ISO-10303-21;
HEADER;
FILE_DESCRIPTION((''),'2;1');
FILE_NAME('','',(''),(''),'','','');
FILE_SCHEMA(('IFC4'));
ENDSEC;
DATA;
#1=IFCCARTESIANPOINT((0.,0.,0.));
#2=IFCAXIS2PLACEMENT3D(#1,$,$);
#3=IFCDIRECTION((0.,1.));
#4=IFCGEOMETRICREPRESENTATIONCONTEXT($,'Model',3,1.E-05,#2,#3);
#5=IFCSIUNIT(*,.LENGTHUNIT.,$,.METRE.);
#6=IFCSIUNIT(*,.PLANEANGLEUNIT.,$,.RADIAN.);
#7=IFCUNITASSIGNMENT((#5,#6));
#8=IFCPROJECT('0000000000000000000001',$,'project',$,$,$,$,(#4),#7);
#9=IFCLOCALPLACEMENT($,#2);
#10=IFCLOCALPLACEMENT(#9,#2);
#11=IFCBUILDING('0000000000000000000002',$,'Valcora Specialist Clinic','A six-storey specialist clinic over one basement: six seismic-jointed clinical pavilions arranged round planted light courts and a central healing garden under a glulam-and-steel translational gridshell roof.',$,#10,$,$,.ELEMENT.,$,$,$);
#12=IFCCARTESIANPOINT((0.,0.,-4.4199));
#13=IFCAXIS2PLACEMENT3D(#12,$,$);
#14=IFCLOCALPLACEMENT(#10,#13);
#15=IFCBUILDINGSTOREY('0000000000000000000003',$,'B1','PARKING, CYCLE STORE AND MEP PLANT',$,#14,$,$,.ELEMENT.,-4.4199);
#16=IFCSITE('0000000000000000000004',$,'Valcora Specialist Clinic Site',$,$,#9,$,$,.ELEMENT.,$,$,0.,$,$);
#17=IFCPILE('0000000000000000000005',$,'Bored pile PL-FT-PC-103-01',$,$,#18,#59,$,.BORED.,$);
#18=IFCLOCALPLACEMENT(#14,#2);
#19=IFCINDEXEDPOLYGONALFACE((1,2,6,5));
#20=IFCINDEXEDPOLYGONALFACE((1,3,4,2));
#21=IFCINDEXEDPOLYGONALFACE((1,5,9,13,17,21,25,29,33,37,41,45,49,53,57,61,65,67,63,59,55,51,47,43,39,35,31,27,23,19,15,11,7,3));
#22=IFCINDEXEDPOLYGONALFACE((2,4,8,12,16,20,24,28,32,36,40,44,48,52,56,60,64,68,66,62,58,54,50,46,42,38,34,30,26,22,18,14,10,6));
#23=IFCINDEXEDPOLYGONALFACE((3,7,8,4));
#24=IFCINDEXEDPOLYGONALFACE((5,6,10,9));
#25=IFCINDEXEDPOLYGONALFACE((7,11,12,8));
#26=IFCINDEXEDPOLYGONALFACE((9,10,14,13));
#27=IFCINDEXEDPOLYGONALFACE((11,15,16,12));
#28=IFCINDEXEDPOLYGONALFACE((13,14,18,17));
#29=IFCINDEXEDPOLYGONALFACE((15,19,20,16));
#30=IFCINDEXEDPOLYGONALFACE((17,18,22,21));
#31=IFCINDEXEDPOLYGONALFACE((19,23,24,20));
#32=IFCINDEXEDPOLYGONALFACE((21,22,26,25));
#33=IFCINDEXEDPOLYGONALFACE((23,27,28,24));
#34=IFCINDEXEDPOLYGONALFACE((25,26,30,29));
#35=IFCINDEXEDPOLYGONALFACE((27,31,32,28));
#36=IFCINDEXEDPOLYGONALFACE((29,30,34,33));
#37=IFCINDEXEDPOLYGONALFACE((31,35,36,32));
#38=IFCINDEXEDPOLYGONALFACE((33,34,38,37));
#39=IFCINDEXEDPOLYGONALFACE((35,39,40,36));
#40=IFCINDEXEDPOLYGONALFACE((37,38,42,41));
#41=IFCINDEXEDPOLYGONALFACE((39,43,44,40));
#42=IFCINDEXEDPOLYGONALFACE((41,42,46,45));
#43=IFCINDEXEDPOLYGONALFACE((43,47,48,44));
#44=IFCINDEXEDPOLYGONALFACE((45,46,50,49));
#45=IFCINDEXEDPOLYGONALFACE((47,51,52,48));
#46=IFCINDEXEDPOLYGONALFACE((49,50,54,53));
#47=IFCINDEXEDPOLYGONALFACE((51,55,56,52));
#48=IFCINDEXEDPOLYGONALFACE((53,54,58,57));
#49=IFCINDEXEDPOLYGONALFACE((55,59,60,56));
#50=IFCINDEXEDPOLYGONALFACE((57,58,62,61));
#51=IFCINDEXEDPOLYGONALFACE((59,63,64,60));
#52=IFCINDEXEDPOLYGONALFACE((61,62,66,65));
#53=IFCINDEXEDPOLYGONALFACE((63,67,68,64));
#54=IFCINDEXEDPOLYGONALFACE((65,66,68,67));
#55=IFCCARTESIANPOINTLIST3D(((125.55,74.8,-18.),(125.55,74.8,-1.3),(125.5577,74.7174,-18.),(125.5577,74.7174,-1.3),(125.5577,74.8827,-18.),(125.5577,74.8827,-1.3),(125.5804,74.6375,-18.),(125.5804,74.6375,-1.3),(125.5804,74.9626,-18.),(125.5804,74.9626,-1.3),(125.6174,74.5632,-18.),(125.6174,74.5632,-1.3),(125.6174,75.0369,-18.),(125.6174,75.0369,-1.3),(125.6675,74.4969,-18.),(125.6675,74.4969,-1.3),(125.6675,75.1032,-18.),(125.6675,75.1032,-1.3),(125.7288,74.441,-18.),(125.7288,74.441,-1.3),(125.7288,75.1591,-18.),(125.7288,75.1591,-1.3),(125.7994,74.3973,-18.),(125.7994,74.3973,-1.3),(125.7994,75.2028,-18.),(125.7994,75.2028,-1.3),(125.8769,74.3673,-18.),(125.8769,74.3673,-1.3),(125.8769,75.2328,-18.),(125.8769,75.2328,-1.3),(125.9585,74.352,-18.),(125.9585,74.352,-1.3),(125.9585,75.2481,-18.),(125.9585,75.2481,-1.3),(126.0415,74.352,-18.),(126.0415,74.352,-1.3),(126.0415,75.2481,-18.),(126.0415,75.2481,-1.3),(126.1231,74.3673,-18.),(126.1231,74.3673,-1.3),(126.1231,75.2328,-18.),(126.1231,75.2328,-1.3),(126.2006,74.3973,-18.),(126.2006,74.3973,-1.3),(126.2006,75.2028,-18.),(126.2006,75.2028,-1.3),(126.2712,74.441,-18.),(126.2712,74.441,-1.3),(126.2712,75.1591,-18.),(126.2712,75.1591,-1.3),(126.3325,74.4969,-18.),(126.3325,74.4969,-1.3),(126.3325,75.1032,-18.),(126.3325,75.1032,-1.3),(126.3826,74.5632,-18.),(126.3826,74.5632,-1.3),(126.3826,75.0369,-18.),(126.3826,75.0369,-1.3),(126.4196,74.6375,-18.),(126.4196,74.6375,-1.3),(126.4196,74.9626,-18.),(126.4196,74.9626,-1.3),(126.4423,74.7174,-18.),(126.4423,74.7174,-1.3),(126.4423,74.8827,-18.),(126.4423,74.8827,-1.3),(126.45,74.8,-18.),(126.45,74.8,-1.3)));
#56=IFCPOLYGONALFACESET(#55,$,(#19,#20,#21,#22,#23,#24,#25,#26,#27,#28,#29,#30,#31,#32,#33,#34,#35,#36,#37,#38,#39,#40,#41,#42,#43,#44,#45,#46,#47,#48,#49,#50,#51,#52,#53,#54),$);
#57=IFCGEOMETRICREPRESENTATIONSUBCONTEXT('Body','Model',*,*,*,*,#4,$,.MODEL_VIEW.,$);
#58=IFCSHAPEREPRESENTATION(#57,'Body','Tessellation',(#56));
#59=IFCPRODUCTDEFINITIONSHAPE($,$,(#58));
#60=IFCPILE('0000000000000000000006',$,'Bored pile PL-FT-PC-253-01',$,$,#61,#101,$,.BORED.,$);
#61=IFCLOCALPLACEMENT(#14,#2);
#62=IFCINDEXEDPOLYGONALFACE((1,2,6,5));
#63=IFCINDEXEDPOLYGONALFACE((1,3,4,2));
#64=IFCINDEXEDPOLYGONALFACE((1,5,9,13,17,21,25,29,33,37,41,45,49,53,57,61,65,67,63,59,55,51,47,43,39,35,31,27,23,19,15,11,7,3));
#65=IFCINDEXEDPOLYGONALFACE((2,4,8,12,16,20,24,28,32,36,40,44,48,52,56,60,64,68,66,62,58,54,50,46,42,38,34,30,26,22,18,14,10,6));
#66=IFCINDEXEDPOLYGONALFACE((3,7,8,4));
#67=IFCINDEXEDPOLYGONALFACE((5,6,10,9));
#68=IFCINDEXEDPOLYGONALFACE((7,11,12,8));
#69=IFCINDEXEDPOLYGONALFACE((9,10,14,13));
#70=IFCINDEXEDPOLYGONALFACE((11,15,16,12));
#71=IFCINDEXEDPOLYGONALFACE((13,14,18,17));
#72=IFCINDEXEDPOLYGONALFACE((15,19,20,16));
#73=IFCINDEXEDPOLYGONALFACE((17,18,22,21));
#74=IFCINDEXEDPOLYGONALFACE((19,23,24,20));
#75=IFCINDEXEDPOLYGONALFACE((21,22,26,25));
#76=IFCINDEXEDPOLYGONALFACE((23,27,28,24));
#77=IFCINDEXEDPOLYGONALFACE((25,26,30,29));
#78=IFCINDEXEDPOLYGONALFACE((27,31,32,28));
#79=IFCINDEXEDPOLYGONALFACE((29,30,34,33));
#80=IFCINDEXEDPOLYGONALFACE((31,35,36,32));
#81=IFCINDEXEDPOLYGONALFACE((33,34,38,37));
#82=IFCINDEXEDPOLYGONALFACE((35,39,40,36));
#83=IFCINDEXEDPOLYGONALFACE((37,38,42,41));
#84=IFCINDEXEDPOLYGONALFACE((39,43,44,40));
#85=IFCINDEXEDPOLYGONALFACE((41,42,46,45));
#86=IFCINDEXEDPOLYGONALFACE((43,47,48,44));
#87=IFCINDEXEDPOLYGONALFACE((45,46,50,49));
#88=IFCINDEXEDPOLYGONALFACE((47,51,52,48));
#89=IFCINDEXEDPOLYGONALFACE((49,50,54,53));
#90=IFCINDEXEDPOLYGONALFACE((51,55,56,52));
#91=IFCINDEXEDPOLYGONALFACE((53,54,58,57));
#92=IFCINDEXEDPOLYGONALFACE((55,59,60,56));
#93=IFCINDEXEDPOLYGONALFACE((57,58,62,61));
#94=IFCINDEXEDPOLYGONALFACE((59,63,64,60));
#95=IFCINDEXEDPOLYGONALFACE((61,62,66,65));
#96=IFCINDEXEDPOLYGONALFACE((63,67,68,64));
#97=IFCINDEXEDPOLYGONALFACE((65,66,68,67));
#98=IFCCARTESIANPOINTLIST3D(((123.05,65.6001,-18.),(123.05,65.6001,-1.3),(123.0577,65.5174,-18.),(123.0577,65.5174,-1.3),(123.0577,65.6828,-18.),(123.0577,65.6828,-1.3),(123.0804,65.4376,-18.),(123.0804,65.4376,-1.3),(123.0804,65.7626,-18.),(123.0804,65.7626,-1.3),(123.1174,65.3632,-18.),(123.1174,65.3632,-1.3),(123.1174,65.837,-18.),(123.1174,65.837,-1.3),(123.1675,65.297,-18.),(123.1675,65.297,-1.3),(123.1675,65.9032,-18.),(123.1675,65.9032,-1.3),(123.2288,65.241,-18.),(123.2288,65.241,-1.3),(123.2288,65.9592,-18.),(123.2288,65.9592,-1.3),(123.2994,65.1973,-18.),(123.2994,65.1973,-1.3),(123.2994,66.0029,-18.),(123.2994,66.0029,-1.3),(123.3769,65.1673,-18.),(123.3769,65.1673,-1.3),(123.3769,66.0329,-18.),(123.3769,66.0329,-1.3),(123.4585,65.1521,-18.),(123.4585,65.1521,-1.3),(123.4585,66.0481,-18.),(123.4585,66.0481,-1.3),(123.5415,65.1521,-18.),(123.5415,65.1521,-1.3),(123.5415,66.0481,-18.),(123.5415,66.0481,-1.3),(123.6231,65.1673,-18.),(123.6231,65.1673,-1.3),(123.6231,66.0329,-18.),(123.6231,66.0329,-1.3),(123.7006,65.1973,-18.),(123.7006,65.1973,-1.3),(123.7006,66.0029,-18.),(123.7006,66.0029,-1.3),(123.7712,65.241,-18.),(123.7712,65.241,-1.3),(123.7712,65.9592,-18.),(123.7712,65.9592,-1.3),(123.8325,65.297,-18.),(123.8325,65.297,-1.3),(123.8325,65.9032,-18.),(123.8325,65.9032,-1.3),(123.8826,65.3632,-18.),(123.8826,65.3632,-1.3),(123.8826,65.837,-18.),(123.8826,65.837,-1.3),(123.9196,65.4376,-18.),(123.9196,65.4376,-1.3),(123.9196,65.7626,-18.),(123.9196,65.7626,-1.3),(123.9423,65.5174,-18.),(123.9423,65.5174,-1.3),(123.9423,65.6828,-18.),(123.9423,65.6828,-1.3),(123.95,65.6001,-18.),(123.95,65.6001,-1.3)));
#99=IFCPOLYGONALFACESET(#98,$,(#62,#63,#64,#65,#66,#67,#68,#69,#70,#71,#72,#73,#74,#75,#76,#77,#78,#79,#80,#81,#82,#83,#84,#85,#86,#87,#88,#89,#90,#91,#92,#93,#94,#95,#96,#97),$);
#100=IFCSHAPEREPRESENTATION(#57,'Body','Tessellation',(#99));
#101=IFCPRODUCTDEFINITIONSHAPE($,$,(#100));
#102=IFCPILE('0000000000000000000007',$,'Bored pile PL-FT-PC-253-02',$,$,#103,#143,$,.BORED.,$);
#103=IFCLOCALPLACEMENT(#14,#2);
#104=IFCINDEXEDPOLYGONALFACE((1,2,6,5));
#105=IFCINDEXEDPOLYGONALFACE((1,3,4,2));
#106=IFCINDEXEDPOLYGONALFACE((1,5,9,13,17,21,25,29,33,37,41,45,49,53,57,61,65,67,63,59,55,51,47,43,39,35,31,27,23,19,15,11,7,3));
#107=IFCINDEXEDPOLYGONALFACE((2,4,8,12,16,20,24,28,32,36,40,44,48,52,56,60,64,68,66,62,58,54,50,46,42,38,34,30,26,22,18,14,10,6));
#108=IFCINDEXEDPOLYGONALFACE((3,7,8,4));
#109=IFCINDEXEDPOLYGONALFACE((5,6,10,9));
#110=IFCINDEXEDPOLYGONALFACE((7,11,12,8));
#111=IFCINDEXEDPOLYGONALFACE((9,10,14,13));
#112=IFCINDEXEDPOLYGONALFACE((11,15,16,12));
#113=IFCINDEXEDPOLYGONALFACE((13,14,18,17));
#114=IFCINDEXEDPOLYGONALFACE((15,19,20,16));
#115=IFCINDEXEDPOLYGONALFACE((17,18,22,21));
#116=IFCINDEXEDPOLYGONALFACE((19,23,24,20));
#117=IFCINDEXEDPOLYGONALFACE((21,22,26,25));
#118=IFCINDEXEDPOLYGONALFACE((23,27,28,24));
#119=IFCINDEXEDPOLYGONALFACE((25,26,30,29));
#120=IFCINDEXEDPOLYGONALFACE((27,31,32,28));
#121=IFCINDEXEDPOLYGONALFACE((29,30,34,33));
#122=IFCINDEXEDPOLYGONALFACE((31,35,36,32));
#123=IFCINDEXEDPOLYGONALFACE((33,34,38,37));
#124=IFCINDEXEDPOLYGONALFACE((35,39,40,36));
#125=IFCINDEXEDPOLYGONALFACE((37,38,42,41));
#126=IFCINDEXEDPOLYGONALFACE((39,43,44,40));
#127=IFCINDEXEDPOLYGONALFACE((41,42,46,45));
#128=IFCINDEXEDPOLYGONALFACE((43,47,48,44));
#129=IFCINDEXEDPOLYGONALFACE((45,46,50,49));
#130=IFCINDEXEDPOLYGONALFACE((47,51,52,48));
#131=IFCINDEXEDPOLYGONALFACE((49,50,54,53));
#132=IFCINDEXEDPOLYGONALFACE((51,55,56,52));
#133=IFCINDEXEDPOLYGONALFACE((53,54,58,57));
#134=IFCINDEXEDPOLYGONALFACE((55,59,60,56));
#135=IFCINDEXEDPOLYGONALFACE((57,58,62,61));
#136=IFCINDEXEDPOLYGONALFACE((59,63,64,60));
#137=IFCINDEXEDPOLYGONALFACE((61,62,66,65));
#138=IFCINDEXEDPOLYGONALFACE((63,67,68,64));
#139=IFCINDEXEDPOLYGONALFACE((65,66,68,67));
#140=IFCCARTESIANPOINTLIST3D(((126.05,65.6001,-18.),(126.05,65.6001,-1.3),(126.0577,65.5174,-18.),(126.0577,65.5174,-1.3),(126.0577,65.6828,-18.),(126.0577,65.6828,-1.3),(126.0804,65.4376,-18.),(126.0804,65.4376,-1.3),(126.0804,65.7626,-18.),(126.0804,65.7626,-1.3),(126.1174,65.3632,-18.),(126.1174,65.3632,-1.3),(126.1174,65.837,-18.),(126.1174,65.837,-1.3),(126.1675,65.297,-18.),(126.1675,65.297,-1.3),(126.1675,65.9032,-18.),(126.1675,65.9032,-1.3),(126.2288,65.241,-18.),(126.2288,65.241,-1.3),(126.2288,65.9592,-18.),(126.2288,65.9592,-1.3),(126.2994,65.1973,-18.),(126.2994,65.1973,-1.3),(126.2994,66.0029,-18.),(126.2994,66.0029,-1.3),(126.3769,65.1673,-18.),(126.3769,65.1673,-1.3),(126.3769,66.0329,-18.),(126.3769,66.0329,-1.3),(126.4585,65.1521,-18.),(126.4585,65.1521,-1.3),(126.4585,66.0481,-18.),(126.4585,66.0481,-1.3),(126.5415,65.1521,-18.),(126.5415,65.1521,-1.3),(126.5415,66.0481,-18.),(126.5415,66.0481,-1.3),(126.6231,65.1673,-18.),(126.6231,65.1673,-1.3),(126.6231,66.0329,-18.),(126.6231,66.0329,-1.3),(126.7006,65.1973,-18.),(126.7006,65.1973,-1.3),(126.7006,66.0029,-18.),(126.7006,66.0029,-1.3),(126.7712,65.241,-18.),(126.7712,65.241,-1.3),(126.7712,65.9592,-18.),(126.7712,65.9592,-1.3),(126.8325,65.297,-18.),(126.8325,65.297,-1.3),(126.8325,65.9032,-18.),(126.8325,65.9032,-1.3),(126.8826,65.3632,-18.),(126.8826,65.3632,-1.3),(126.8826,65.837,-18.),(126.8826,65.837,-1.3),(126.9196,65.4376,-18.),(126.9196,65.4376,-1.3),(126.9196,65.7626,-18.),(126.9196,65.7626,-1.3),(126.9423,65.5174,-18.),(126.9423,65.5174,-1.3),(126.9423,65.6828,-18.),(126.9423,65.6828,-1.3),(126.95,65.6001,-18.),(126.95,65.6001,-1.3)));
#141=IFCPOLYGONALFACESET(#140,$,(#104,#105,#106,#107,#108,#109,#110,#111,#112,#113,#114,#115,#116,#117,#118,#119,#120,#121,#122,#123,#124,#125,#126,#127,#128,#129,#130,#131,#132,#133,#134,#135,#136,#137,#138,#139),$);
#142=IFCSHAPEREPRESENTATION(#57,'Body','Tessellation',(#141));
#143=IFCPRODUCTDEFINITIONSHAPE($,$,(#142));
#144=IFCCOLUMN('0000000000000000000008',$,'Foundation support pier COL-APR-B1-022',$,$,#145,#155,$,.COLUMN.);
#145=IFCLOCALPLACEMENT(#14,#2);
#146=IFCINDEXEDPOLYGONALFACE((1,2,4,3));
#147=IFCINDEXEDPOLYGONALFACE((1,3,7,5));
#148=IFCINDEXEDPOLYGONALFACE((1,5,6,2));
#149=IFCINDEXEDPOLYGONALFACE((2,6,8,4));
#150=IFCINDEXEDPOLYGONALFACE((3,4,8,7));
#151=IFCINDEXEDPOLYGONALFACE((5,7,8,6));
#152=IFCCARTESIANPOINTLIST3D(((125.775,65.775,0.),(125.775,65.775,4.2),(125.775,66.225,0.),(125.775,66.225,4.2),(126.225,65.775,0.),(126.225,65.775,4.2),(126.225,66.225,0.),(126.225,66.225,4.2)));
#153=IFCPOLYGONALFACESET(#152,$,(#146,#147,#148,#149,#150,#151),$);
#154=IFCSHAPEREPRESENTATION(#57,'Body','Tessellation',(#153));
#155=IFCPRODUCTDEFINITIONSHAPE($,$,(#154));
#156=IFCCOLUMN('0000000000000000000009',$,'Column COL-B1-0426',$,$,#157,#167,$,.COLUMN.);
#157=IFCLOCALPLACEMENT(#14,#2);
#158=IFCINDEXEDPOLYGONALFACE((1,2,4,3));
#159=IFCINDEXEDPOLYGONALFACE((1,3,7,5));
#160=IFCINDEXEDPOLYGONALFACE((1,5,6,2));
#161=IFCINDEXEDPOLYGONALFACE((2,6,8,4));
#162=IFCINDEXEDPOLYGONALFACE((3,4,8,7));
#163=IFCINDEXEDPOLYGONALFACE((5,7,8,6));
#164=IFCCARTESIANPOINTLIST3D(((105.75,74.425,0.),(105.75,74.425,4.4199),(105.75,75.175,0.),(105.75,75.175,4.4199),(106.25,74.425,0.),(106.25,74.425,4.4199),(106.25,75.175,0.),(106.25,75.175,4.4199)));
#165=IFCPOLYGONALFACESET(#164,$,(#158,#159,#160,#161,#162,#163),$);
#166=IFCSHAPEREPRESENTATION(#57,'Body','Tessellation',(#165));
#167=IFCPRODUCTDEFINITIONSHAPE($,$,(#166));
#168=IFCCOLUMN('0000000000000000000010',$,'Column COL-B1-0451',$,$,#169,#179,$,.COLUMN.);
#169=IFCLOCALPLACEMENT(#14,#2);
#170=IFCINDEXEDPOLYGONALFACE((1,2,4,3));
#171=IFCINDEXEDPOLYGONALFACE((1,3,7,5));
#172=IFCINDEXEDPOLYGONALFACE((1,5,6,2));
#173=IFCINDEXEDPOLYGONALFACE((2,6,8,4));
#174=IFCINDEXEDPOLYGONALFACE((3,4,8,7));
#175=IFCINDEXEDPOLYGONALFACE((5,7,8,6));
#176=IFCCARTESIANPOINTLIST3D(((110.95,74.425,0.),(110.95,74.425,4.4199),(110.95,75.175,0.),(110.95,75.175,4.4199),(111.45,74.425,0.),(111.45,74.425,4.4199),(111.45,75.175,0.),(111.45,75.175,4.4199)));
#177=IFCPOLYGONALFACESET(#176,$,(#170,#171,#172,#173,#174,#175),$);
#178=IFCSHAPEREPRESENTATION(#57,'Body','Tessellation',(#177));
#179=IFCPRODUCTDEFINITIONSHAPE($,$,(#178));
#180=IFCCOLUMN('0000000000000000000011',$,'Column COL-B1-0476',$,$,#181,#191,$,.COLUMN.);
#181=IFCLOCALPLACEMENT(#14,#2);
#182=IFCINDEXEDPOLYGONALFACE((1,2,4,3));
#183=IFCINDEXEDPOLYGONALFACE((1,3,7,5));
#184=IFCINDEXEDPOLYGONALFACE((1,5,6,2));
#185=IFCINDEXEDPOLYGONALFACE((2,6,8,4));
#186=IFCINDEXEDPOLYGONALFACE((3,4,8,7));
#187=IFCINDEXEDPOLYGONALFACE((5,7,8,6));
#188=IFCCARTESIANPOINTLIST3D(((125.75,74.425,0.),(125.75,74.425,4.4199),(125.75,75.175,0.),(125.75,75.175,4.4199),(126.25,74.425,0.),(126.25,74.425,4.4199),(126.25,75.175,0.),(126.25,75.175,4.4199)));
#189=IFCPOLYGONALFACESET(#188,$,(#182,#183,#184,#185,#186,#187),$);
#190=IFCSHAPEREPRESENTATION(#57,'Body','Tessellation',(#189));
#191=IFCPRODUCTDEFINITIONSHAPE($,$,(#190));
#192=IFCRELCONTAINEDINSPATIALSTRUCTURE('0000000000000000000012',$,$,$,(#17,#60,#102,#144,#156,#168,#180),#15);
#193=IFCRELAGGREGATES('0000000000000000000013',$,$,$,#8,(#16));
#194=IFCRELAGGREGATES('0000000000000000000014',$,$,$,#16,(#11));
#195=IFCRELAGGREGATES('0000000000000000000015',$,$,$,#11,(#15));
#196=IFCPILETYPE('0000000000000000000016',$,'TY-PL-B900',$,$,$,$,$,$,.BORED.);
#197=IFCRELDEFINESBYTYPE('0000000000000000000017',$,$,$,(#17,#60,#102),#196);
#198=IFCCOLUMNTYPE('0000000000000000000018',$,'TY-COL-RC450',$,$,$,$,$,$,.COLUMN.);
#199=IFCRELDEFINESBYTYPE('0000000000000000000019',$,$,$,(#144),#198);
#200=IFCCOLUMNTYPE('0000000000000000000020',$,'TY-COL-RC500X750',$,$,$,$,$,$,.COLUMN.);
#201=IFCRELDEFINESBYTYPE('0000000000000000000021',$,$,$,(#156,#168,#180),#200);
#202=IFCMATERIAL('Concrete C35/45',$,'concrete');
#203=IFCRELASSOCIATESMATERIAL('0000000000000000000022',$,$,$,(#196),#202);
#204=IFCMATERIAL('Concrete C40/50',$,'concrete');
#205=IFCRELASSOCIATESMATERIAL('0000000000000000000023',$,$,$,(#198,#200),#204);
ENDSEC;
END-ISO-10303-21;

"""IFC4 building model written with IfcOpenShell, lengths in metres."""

from ifc_helpers import new_model, si_unit, direction, frame, origin, origin_2d, place, context, subcontext, project, spatial, rectangle, circle, extrude, material, material_profile, profile_set, type_object, element, save


model = new_model("IFC4")

# Units and contexts
model_context = context("Model", 3, precision=1e-05, world=origin(), true_north=direction((0.0, 1.0)))
body_context = subcontext(model_context, "Body", "Model", "MODEL_VIEW")
ifc_project = project(units=[si_unit("LENGTHUNIT", "METRE"), si_unit("PLANEANGLEUNIT", "RADIAN")], contexts=[model_context])

# Site, building, storey
site_placement = place(None, origin())
site = spatial("IfcSite", under=ifc_project, at=site_placement, Name="Valcora Specialist Clinic Site", CompositionType="ELEMENT", RefElevation=0.0)
building_placement = place(site_placement, origin())
building = spatial("IfcBuilding", under=site, at=building_placement, Name="Valcora Specialist Clinic", Description="A six-storey specialist clinic over one basement: six seismic-jointed clinical pavilions arranged round planted light courts and a central healing garden under a glulam-and-steel translational gridshell roof.", CompositionType="ELEMENT")
storey_placement = place(building_placement, frame((0.0, 0.0, -4.4199)))
storey = spatial("IfcBuildingStorey", under=building, at=storey_placement, Name="B1", Description="PARKING, CYCLE STORE AND MEP PLANT", CompositionType="ELEMENT", Elevation=-4.4199)

# Shared definitions
ifc_material_1 = material(Name="Concrete C35/45", Category="concrete")

# Piles
ifc_material_profile_1 = material_profile(ifc_material_1, circle(Radius=0.45, at=origin_2d()), Name="RC-PIL-D900")
ifc_profile_set_1 = profile_set([ifc_material_profile_1], Name="Concrete C35/45")
pile_type_1 = type_object("IfcPileType", Name="TY-PL-B900", PredefinedType="BORED", material=ifc_profile_set_1)
for number, where, z_axis, x_axis, name in (
    (1, (126.0, 74.8, -1.3), (0.0, 0.0, -1.0), (1.0, 0.0, 0.0), "Bored pile PL-FT-PC-103-01"),
    (2, (123.5, 65.6001, -1.3), (0.0, 0.0, -1.0), (1.0, 0.0, 0.0), "Bored pile PL-FT-PC-253-01"),
    (3, (126.5, 65.6001, -1.3), (0.0, 0.0, -1.0), (1.0, 0.0, 0.0), "Bored pile PL-FT-PC-253-02"),
):
    element("IfcPile", number, at=place(storey_placement, frame(where, z_axis=z_axis, x_axis=x_axis)), inside=storey, type_object=pile_type_1, Name=name, PredefinedType="BORED", context=body_context, shape_type="SweptSolid", body=[
        extrude(circle(Radius=0.45, at=origin_2d()), origin(), (0.0, 0.0, 1.0), 16.7),
    ])

# Columns
ifc_material_2 = material(Name="Concrete C40/50", Category="concrete")
ifc_material_profile_2 = material_profile(ifc_material_2, rectangle(XDim=0.45, YDim=0.45, at=origin_2d()), Name="RC-COL-450X450")
ifc_profile_set_2 = profile_set([ifc_material_profile_2], Name="Concrete C40/50")
column_type_1 = type_object("IfcColumnType", Name="TY-COL-RC450", PredefinedType="COLUMN", material=ifc_profile_set_2)
column_placement = place(storey_placement, frame((126.0, 66.0, 0.0), z_axis=(0.0, 0.0, 1.0), x_axis=(1.0, 0.0, 0.0)))
element("IfcColumn", 4, at=column_placement, inside=storey, type_object=column_type_1, Name="Foundation support pier COL-APR-B1-022", PredefinedType="COLUMN", context=body_context, shape_type="SweptSolid", body=[
    extrude(rectangle(XDim=0.45, YDim=0.45, at=origin_2d()), origin(), (0.0, 0.0, 1.0), 4.2),
])
ifc_material_profile_3 = material_profile(ifc_material_2, rectangle(XDim=0.5, YDim=0.75, at=origin_2d()), Name="RC-COL-500X750")
ifc_profile_set_3 = profile_set([ifc_material_profile_3], Name="Concrete C40/50")
column_type_2 = type_object("IfcColumnType", Name="TY-COL-RC500X750", PredefinedType="COLUMN", material=ifc_profile_set_3)
for number, where, z_axis, x_axis, name in (
    (5, (106.0, 74.8, 0.0), (0.0, 0.0, 1.0), (1.0, 0.0, 0.0), "Column COL-B1-0426"),
    (6, (111.2, 74.8, 0.0), (0.0, 0.0, 1.0), (1.0, 0.0, 0.0), "Column COL-B1-0451"),
    (7, (126.0, 74.8, 0.0), (0.0, 0.0, 1.0), (1.0, 0.0, 0.0), "Column COL-B1-0476"),
):
    element("IfcColumn", number, at=place(storey_placement, frame(where, z_axis=z_axis, x_axis=x_axis)), inside=storey, type_object=column_type_2, Name=name, PredefinedType="COLUMN", context=body_context, shape_type="SweptSolid", body=[
        extrude(rectangle(XDim=0.5, YDim=0.75, at=origin_2d()), origin(), (0.0, 0.0, 1.0), 4.4199),
    ])

save(model, "model.ifc")
